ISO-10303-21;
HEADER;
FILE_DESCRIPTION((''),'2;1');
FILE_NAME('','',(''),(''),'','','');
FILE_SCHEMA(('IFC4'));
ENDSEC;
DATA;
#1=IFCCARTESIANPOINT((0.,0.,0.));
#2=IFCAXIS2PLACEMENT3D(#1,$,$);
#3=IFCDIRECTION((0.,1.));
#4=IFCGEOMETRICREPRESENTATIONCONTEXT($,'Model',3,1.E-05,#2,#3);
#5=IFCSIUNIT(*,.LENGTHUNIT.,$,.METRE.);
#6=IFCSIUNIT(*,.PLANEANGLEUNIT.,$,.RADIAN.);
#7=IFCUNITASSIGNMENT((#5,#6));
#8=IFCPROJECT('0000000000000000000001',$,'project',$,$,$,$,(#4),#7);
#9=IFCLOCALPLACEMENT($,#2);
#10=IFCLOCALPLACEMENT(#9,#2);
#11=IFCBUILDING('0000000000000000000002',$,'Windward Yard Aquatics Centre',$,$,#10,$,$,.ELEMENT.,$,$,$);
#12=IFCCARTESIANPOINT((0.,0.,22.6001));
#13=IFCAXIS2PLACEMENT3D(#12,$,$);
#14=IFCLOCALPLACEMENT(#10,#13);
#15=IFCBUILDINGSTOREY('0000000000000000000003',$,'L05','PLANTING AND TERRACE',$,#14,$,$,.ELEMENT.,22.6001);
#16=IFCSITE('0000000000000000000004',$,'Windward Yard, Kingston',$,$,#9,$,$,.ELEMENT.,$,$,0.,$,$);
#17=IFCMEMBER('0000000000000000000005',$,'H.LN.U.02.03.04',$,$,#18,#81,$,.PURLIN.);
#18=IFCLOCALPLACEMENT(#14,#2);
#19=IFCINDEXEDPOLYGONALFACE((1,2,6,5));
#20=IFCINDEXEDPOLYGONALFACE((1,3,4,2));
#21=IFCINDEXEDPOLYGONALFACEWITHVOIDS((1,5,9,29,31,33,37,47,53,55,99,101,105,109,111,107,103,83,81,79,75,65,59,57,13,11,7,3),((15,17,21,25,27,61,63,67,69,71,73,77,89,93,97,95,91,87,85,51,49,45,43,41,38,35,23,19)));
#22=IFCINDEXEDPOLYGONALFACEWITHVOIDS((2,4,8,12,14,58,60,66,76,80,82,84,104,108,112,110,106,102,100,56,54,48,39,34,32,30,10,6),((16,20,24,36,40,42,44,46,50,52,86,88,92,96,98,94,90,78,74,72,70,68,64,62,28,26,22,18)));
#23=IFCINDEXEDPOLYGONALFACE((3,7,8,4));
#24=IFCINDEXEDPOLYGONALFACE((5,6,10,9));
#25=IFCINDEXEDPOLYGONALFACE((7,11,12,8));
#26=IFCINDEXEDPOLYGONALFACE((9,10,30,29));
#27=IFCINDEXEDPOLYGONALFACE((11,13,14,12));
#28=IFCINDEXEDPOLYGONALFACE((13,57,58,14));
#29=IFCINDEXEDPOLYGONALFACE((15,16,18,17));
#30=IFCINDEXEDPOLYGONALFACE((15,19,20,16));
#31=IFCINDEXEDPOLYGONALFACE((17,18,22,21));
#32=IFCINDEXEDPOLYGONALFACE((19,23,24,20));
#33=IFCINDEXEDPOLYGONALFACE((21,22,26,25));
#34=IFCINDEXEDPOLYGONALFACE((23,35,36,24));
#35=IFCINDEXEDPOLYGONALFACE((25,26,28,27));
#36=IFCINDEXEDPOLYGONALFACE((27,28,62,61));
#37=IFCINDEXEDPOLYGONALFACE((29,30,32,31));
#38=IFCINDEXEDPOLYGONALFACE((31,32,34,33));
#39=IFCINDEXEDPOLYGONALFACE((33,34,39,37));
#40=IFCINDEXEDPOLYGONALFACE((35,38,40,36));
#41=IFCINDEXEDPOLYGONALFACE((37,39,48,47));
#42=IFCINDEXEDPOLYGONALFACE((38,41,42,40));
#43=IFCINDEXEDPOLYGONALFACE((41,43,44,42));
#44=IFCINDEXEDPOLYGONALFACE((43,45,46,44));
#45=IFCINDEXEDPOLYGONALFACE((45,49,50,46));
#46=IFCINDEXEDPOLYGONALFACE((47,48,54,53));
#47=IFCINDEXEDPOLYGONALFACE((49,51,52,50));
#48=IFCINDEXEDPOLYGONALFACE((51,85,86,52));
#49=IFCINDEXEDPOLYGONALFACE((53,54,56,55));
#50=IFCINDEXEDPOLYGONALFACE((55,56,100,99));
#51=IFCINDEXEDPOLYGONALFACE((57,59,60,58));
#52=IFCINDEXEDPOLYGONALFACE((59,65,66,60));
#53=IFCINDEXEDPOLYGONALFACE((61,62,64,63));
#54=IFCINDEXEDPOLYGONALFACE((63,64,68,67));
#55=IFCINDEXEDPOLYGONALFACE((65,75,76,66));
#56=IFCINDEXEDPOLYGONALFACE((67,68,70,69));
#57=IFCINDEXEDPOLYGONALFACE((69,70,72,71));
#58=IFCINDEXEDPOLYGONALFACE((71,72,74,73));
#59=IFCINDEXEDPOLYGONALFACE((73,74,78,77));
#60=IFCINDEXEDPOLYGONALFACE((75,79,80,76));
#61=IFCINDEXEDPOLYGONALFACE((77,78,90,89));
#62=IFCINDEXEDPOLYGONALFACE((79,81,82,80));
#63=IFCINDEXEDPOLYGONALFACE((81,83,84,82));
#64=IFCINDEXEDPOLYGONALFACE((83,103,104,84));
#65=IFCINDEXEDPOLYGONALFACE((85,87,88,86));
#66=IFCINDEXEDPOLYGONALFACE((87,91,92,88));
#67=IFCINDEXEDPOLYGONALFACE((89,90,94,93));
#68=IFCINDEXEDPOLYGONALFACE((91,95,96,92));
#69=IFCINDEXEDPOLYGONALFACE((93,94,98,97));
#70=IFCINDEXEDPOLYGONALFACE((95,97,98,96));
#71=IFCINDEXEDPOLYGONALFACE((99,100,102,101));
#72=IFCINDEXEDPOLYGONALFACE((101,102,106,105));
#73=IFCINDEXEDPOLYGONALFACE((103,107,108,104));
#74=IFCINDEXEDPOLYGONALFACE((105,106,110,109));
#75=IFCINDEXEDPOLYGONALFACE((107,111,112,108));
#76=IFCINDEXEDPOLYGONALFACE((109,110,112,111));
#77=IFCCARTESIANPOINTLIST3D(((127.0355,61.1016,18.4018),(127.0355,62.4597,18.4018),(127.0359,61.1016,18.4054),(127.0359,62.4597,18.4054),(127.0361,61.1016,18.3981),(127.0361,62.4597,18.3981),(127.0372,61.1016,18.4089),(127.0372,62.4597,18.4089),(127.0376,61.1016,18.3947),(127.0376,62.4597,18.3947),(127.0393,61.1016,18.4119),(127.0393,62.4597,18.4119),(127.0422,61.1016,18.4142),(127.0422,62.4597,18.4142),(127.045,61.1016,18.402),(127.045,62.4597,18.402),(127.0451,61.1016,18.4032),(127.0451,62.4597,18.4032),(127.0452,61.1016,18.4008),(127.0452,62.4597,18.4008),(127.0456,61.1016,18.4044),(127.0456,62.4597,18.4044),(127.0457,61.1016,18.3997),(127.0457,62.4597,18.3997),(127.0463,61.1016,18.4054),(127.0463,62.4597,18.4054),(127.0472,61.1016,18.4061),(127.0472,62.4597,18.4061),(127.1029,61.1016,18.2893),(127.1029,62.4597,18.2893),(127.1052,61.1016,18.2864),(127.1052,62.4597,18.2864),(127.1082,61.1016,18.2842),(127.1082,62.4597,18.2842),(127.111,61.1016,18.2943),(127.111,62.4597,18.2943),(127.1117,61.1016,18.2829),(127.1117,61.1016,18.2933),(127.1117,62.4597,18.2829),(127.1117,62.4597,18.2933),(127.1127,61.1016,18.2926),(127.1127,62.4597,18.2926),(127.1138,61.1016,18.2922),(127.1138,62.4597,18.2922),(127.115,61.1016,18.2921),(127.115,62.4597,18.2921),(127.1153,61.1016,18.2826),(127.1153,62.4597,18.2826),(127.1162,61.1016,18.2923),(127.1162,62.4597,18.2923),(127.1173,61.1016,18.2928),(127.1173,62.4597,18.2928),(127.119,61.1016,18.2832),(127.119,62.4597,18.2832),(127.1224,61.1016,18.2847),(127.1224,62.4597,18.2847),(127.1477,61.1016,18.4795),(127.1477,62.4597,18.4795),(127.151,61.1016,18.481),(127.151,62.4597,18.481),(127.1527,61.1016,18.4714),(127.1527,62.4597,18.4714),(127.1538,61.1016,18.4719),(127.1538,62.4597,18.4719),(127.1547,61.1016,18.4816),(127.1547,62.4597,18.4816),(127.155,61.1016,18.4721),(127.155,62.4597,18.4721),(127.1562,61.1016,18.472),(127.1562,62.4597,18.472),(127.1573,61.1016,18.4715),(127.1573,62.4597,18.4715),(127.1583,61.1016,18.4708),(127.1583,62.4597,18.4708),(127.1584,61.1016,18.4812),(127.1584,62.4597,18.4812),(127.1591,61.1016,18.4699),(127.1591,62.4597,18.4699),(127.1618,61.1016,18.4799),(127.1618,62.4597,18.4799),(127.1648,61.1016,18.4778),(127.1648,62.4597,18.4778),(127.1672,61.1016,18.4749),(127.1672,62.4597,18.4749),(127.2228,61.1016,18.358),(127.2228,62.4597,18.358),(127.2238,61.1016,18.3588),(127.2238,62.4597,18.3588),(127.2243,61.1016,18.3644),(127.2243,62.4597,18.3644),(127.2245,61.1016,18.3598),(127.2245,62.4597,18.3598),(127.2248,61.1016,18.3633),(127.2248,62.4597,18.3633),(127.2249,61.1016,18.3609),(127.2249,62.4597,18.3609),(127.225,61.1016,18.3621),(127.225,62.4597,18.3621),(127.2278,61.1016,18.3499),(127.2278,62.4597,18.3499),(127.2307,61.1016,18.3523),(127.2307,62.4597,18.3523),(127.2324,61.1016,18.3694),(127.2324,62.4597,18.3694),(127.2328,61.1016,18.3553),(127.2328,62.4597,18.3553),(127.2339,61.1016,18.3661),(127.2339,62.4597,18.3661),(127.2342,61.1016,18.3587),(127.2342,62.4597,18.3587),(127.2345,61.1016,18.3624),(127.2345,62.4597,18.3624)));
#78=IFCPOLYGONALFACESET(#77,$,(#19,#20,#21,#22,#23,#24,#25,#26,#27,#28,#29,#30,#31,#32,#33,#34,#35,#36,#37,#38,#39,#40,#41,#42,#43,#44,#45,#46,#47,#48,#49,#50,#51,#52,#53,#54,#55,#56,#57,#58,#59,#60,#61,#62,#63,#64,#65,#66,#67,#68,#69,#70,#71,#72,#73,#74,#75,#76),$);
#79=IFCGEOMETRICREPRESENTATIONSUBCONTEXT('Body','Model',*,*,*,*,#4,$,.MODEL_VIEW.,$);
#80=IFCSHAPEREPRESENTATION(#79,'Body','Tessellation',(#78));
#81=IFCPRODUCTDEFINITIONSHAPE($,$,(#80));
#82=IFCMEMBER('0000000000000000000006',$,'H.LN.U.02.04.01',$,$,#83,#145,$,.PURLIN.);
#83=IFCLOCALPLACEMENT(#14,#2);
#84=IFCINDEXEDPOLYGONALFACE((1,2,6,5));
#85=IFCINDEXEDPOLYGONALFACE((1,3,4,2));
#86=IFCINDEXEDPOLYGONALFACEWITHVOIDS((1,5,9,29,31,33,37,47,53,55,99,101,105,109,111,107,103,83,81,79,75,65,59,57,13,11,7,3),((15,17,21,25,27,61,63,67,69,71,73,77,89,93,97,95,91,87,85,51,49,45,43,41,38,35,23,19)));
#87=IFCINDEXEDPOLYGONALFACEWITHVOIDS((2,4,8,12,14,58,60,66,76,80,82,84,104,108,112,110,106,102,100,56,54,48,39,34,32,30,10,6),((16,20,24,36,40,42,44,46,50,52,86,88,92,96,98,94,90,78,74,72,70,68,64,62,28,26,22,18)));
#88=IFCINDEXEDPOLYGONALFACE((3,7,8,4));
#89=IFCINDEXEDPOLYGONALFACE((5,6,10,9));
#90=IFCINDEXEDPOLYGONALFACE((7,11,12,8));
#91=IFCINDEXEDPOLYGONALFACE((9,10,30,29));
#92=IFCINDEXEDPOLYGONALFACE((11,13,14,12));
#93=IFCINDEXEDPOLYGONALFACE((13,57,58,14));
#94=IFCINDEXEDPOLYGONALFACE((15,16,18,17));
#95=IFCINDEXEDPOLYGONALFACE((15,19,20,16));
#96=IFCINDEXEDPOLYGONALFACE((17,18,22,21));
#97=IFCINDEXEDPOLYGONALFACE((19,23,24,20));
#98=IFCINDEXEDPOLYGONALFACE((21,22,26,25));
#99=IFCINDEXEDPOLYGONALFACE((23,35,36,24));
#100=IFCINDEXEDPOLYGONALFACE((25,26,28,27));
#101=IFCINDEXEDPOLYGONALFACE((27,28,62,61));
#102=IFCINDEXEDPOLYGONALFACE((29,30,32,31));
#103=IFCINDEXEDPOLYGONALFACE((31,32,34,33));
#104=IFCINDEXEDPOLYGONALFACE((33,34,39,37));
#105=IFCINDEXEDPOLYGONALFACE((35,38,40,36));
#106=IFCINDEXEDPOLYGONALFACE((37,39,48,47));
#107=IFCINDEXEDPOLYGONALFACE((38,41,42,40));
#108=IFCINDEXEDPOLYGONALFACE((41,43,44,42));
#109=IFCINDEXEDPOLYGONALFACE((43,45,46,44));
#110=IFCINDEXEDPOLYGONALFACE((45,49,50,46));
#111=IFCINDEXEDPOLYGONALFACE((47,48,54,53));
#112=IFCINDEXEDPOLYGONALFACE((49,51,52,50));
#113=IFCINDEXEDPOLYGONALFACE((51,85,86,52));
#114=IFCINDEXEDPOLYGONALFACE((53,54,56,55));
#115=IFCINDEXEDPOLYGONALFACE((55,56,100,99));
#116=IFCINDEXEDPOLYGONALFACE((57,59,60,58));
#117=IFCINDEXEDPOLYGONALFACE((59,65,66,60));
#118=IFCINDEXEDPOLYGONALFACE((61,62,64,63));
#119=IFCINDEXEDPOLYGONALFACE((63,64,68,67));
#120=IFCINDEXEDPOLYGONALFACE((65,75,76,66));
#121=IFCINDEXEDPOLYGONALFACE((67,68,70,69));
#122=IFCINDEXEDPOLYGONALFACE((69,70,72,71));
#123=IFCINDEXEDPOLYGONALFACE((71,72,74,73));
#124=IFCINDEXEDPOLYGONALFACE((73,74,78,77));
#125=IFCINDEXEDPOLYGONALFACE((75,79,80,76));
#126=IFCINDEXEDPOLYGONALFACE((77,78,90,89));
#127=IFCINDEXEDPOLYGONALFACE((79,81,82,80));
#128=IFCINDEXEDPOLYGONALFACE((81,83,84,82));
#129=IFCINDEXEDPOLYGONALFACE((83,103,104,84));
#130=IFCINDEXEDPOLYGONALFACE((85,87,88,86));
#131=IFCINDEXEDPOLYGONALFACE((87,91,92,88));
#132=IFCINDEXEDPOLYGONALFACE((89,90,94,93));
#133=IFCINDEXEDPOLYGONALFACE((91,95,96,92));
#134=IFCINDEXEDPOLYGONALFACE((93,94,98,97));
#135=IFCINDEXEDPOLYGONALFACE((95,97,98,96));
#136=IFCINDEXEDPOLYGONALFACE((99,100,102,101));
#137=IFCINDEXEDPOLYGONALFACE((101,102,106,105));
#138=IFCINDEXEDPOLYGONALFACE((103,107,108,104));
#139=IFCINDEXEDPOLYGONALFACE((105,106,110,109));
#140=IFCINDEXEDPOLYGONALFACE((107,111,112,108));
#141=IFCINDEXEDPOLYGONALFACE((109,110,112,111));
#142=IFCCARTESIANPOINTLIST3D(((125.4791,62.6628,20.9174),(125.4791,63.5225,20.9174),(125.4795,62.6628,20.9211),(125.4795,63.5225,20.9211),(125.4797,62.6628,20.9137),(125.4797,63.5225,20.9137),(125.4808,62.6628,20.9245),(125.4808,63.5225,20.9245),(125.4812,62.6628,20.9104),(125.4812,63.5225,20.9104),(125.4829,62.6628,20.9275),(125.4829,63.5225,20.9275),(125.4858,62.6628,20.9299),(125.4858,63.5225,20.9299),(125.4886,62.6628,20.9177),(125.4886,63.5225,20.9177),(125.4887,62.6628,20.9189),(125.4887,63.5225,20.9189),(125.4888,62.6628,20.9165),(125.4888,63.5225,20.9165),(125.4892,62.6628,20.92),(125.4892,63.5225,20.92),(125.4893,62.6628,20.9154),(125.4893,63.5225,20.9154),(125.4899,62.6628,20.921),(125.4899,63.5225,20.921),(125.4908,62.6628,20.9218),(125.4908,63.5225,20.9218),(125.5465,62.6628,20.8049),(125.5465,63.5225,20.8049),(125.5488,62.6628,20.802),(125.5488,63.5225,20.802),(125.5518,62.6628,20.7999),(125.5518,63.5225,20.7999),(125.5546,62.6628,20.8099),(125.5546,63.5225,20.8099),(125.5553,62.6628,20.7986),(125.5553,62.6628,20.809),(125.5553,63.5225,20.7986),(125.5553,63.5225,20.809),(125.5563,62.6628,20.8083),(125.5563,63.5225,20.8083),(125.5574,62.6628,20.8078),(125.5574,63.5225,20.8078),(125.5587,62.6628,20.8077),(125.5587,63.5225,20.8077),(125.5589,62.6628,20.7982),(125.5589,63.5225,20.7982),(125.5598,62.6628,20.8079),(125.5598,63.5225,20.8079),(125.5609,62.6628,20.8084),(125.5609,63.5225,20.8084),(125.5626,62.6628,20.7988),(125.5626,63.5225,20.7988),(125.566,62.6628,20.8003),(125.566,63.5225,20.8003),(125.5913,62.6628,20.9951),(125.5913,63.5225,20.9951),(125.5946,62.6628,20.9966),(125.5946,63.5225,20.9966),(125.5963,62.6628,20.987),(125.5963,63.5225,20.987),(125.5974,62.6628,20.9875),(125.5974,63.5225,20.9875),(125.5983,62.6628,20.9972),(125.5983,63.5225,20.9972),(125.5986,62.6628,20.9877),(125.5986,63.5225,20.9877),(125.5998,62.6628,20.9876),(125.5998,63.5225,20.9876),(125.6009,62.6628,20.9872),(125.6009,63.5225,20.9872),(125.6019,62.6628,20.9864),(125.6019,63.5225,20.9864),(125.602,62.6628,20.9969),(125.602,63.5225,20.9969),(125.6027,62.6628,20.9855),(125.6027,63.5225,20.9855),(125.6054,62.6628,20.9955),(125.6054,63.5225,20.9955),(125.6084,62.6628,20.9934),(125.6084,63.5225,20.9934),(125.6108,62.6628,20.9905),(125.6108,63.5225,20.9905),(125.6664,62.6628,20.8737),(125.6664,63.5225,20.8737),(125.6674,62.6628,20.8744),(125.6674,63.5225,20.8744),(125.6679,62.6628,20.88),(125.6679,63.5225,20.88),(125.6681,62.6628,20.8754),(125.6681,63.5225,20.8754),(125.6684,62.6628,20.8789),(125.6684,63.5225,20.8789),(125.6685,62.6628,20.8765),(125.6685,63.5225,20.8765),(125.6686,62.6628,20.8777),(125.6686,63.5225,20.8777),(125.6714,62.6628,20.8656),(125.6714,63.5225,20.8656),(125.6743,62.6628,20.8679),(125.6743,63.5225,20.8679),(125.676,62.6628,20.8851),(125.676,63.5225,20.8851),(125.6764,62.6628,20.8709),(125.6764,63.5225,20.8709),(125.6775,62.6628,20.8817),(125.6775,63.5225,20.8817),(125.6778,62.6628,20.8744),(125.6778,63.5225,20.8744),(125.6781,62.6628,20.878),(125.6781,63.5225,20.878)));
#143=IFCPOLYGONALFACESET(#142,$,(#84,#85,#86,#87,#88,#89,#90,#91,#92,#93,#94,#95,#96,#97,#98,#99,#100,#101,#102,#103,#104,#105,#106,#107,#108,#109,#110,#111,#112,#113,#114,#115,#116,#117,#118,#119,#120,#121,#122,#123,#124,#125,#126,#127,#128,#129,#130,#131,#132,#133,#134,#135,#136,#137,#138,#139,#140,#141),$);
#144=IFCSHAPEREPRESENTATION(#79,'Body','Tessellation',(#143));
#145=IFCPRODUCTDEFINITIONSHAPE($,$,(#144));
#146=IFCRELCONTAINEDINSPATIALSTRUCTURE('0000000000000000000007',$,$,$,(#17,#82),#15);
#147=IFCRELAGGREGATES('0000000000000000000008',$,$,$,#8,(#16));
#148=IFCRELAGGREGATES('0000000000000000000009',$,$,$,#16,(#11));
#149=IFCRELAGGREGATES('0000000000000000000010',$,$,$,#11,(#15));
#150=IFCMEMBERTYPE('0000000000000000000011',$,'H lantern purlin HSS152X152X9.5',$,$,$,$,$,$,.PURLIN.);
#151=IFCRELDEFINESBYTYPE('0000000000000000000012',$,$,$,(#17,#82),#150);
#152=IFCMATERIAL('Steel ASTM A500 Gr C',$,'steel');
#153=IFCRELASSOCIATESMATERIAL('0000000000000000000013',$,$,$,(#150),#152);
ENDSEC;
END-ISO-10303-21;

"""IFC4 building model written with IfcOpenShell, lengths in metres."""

from ifc_helpers import new_model, si_unit, direction, frame, origin, origin_2d, place, context, subcontext, project, spatial, hollow_rectangle, extrude, material, material_profile, profile_set, type_object, element, save


model = new_model("IFC4")

# Units and contexts
model_context = context("Model", 3, precision=1e-05, world=origin(), true_north=direction((0.0, 1.0)))
body_context = subcontext(model_context, "Body", "Model", "MODEL_VIEW")
ifc_project = project(units=[si_unit("LENGTHUNIT", "METRE"), si_unit("PLANEANGLEUNIT", "RADIAN")], contexts=[model_context])

# Site, building, storey
site_placement = place(None, origin())
site = spatial("IfcSite", under=ifc_project, at=site_placement, Name="Windward Yard, Kingston", CompositionType="ELEMENT", RefElevation=0.0)
building_placement = place(site_placement, origin())
building = spatial("IfcBuilding", under=site, at=building_placement, Name="Windward Yard Aquatics Centre", CompositionType="ELEMENT")
storey_placement = place(building_placement, frame((0.0, 0.0, 22.6001)))
storey = spatial("IfcBuildingStorey", under=building, at=storey_placement, Name="L05", Description="PLANTING AND TERRACE", CompositionType="ELEMENT", Elevation=22.6001)

# Members
ifc_material_1 = material(Name="Steel ASTM A500 Gr C", Category="steel")
ifc_material_profile = material_profile(ifc_material_1, hollow_rectangle(XDim=0.1523, YDim=0.1523, WallThickness=0.0095, InnerFilletRadius=0.0046, OuterFilletRadius=0.0142, at=origin_2d()), Name="HSS152X152X9.5")
ifc_profile_set = profile_set([ifc_material_profile], Name="Steel ASTM A500 Gr C")
member_type = type_object("IfcMemberType", Name="H lantern purlin HSS152X152X9.5", PredefinedType="PURLIN", material=ifc_profile_set)
member_1_placement = place(storey_placement, frame((127.135, 62.4597, 18.3821), z_axis=(0.0, -1.0, 0.0), x_axis=(0.526172, 0.0, -0.850378)))
element("IfcMember", 1, at=member_1_placement, inside=storey, type_object=member_type, Name="H.LN.U.02.03.04", PredefinedType="PURLIN", context=body_context, shape_type="SweptSolid", body=[
    extrude(hollow_rectangle(XDim=0.1523, YDim=0.1523, WallThickness=0.0095, InnerFilletRadius=0.0046, OuterFilletRadius=0.0142, at=origin_2d()), origin(), (0.0, 0.0, 1.0), 1.3582),
])
member_2_placement = place(storey_placement, frame((125.5786, 63.5225, 20.8977), z_axis=(0.0, -1.0, 0.0), x_axis=(0.526172, 0.0, -0.850378)))
element("IfcMember", 2, at=member_2_placement, inside=storey, type_object=member_type, Name="H.LN.U.02.04.01", PredefinedType="PURLIN", context=body_context, shape_type="SweptSolid", body=[
    extrude(hollow_rectangle(XDim=0.1523, YDim=0.1523, WallThickness=0.0095, InnerFilletRadius=0.0046, OuterFilletRadius=0.0142, at=origin_2d()), origin(), (0.0, 0.0, 1.0), 0.8596),
])

save(model, "model.ifc")
